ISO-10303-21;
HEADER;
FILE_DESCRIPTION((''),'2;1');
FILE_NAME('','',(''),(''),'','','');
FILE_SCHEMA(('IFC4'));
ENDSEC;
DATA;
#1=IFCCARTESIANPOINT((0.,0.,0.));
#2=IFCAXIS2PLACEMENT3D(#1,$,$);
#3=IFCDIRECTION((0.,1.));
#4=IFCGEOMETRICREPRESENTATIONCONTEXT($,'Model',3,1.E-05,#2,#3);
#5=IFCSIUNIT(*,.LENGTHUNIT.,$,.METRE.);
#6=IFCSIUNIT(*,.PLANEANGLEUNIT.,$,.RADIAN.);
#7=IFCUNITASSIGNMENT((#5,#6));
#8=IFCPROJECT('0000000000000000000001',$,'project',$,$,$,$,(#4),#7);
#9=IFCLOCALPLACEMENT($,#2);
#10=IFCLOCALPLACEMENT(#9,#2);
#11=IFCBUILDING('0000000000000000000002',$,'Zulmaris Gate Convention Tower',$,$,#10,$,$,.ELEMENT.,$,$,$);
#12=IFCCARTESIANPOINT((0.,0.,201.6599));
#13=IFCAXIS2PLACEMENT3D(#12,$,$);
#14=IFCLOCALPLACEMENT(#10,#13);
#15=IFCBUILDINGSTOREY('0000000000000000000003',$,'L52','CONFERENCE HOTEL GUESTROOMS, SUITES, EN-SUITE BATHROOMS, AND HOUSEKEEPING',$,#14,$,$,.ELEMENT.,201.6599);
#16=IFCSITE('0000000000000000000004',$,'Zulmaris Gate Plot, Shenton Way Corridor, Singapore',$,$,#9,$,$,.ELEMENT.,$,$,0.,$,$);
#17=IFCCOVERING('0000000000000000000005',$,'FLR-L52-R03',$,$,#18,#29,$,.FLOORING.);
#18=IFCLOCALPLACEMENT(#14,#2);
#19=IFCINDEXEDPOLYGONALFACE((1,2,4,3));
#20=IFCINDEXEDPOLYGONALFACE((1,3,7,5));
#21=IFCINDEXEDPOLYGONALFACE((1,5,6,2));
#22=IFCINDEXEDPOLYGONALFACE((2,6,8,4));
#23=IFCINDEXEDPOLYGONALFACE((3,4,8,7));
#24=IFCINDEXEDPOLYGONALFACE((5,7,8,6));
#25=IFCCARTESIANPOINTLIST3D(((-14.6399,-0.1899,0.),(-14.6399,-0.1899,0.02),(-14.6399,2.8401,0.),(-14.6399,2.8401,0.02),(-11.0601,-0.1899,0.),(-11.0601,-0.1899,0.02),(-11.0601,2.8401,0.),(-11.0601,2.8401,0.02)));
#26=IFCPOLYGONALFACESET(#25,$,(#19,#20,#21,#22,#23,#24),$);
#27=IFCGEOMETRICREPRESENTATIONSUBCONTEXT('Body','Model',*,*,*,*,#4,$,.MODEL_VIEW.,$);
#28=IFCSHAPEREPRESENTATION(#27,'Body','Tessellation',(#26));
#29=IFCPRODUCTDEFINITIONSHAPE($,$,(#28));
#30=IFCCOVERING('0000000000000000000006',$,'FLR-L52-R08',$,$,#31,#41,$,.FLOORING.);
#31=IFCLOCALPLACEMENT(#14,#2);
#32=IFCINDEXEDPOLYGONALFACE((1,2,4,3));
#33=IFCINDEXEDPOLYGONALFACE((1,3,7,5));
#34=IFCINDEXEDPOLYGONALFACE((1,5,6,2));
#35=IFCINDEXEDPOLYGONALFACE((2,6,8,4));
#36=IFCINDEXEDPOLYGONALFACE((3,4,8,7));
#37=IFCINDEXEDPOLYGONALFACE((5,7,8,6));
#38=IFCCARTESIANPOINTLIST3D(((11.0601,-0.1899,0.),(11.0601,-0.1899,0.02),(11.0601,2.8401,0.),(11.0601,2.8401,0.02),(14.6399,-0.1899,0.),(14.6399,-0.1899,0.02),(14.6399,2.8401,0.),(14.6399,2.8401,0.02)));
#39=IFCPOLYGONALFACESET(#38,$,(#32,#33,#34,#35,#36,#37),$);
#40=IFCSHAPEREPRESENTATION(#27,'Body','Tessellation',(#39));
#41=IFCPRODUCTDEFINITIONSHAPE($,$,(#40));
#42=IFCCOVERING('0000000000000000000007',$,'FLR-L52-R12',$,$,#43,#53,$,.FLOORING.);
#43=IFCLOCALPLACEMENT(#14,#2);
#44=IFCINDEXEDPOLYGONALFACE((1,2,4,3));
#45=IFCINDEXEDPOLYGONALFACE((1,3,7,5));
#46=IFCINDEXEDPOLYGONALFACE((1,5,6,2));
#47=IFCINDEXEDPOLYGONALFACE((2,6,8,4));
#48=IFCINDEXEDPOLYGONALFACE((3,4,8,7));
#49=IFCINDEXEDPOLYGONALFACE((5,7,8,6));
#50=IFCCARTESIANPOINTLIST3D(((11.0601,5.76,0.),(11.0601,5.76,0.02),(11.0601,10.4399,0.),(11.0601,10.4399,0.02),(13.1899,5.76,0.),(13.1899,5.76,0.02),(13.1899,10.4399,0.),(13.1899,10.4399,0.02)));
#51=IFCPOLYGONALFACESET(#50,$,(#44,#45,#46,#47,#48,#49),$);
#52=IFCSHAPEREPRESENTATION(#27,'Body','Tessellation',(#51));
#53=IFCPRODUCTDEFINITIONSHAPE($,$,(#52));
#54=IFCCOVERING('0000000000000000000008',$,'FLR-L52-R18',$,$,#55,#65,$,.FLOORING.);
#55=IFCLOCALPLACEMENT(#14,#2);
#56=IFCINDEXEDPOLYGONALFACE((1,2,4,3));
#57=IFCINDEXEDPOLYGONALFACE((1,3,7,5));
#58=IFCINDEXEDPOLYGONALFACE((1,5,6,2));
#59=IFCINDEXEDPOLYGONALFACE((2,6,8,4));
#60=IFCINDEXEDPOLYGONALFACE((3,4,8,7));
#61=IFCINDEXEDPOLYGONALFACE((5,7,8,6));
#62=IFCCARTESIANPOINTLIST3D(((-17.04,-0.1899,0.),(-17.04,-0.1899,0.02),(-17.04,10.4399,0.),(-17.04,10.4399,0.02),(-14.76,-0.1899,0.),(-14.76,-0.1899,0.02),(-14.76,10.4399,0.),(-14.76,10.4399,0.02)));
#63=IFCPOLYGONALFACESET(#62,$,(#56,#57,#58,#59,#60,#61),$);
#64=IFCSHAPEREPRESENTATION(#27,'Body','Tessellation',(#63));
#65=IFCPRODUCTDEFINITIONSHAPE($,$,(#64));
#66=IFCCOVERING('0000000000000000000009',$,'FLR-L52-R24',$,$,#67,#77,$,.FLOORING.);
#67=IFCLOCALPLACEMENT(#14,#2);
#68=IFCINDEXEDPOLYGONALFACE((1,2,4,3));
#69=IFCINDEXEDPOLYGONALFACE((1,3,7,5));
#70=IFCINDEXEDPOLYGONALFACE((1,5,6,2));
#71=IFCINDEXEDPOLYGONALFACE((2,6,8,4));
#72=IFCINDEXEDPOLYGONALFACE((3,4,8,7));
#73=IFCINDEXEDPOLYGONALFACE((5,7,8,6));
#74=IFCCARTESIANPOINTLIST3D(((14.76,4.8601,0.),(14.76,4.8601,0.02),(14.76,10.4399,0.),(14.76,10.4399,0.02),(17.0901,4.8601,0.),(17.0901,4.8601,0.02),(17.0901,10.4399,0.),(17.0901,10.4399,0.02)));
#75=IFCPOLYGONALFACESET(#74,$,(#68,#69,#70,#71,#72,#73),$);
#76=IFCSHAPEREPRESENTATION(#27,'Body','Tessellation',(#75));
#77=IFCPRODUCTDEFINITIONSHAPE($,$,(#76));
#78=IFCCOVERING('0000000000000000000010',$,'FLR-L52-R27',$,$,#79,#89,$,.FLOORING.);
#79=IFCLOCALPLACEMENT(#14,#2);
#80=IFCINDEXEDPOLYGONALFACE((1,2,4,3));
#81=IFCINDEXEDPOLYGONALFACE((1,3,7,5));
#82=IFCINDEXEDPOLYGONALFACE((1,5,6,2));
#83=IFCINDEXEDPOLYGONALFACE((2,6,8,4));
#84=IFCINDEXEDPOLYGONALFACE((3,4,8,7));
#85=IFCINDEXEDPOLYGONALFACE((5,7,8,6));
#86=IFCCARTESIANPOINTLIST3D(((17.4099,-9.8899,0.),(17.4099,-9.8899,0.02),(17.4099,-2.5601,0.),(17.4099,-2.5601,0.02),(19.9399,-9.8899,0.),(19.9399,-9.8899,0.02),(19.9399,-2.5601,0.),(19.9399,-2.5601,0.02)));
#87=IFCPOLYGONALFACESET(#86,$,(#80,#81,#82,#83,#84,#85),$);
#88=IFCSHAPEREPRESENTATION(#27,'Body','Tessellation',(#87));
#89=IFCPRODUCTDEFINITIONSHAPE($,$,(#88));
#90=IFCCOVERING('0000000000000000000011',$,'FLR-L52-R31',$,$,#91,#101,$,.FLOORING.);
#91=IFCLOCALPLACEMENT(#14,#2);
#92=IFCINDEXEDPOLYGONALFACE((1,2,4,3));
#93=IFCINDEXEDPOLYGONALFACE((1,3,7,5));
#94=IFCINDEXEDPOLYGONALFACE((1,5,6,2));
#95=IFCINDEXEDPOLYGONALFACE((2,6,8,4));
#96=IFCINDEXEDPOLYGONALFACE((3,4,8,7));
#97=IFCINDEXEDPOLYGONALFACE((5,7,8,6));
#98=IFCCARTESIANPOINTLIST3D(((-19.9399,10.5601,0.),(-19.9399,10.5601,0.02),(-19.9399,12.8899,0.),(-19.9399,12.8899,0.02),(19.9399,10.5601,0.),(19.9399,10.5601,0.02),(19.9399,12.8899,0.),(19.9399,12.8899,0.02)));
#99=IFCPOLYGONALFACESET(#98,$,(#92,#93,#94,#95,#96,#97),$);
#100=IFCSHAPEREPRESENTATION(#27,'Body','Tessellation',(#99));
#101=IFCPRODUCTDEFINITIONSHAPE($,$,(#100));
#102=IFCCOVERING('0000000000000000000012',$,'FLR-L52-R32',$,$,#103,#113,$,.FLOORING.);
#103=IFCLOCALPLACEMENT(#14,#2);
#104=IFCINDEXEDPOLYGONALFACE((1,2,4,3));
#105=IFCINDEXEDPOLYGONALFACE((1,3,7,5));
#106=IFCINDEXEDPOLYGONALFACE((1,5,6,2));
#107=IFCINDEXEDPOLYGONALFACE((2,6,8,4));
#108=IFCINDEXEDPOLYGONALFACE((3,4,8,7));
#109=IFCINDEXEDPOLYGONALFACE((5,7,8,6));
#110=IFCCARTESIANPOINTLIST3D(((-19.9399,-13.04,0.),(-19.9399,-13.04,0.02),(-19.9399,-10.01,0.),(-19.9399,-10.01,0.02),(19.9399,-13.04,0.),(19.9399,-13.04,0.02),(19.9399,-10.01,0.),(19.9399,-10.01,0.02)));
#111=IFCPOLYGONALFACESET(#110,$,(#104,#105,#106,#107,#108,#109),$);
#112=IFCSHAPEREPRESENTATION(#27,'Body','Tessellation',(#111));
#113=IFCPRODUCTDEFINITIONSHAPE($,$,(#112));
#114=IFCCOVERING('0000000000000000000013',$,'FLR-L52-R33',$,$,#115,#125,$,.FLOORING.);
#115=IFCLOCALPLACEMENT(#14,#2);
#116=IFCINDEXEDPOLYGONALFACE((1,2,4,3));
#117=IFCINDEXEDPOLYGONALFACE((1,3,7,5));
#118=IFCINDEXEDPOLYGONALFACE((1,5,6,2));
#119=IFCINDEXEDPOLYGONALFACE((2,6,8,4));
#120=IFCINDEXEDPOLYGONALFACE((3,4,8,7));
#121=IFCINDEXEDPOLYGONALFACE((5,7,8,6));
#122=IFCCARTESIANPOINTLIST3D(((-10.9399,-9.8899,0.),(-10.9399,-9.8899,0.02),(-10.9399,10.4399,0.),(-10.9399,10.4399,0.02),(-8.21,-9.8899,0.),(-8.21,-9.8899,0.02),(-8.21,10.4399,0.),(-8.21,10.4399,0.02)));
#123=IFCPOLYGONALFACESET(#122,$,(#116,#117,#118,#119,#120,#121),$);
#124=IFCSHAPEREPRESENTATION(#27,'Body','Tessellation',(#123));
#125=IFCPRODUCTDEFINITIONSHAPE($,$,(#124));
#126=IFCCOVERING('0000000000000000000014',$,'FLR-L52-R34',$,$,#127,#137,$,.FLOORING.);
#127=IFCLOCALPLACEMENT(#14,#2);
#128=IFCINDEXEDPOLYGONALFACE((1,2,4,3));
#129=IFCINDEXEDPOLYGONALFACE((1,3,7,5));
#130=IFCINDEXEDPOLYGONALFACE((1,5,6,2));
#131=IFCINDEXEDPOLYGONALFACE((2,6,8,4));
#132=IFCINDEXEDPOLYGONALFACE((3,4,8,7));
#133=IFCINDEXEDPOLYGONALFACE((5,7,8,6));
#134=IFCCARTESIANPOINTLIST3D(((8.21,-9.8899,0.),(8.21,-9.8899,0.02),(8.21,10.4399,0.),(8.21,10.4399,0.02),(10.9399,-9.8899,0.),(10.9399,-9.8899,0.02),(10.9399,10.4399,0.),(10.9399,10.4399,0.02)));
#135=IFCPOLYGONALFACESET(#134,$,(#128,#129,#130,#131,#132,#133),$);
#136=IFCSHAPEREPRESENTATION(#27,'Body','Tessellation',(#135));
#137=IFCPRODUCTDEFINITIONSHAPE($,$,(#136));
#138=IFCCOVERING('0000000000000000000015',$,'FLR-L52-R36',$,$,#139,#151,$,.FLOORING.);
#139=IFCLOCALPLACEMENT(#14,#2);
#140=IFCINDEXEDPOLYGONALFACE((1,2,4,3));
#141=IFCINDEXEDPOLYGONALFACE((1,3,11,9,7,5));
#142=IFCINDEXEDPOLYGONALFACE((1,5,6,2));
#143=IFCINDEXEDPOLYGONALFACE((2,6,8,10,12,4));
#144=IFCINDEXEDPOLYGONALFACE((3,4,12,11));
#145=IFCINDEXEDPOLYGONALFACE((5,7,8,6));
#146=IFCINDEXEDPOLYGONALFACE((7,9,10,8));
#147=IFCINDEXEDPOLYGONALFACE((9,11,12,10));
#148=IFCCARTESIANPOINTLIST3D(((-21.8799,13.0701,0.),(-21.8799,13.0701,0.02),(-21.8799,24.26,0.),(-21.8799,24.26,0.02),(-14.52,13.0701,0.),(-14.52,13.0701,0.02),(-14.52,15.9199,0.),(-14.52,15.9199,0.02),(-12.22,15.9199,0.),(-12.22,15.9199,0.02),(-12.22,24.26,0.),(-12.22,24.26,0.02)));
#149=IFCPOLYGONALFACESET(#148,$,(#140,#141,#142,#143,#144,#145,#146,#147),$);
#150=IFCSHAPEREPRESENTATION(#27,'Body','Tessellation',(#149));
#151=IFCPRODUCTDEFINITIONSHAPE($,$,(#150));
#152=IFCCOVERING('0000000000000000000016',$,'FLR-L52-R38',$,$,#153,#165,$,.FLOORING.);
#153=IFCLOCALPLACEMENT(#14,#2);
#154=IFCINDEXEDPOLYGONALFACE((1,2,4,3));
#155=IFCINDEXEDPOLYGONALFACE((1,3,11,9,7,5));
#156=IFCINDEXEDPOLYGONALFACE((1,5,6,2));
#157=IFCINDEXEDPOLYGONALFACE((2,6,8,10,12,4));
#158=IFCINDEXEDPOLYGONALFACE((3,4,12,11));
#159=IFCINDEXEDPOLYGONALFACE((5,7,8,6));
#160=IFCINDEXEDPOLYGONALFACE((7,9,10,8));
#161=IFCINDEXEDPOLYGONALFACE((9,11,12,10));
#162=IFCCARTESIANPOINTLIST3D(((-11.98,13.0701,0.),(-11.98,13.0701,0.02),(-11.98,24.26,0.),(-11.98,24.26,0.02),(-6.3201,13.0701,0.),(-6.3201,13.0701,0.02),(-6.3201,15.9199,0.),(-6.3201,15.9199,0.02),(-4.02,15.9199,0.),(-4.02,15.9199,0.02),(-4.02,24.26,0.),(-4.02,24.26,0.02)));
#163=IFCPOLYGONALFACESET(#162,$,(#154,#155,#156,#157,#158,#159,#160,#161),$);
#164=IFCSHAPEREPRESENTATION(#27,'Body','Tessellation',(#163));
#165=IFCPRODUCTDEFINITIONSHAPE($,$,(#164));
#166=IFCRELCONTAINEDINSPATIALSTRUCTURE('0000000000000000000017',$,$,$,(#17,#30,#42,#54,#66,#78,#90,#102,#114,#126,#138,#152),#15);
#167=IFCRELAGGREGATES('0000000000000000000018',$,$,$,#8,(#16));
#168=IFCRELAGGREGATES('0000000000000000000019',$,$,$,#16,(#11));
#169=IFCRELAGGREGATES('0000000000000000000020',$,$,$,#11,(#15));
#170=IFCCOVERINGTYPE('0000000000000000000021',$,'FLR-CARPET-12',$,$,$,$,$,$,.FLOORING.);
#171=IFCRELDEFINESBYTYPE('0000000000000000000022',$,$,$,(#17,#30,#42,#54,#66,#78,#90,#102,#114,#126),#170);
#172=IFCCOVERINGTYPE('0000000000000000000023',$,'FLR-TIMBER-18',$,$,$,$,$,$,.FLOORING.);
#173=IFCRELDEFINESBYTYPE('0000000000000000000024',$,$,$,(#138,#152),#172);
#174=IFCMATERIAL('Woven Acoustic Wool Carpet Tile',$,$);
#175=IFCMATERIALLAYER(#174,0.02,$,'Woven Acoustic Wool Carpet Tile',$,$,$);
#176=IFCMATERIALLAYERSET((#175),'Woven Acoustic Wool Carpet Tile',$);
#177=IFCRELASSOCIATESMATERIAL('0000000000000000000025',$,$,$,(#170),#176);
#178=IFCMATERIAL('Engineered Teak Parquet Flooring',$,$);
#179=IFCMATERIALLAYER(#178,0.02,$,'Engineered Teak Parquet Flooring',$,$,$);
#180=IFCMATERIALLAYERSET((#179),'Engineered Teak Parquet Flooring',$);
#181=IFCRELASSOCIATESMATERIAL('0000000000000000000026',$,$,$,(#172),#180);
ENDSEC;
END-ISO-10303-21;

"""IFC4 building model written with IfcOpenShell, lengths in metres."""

from ifc_helpers import new_model, si_unit, direction, frame, origin, place, context, subcontext, project, spatial, polyline, outline, extrude, material, layer, layer_set, type_object, element, save


model = new_model("IFC4")

# Units and contexts
model_context = context("Model", 3, precision=1e-05, world=origin(), true_north=direction((0.0, 1.0)))
body_context = subcontext(model_context, "Body", "Model", "MODEL_VIEW")
ifc_project = project(units=[si_unit("LENGTHUNIT", "METRE"), si_unit("PLANEANGLEUNIT", "RADIAN")], contexts=[model_context])

# Site, building, storey
site_placement = place(None, origin())
site = spatial("IfcSite", under=ifc_project, at=site_placement, Name="Zulmaris Gate Plot, Shenton Way Corridor, Singapore", CompositionType="ELEMENT", RefElevation=0.0)
building_placement = place(site_placement, origin())
building = spatial("IfcBuilding", under=site, at=building_placement, Name="Zulmaris Gate Convention Tower", CompositionType="ELEMENT")
storey_placement = place(building_placement, frame((0.0, 0.0, 201.6599)))
storey = spatial("IfcBuildingStorey", under=building, at=storey_placement, Name="L52", Description="CONFERENCE HOTEL GUESTROOMS, SUITES, EN-SUITE BATHROOMS, AND HOUSEKEEPING", CompositionType="ELEMENT", Elevation=201.6599)

# Coverings
ifc_material_1 = material(Name="Woven Acoustic Wool Carpet Tile")
ifc_layer_1 = layer(ifc_material_1, 0.02, Name="Woven Acoustic Wool Carpet Tile")
ifc_layer_set_1 = layer_set([ifc_layer_1], Name="Woven Acoustic Wool Carpet Tile")
covering_type_1 = type_object("IfcCoveringType", Name="FLR-CARPET-12", PredefinedType="FLOORING", material=ifc_layer_set_1)
covering_1_placement = place(storey_placement, origin())
element("IfcCovering", 1, at=covering_1_placement, inside=storey, type_object=covering_type_1, Name="FLR-L52-R03", PredefinedType="FLOORING", context=body_context, shape_type="SweptSolid", body=[
    extrude(outline(polyline([(-14.6399, -0.1899), (-11.0601, -0.1899), (-11.0601, 2.8401), (-14.6399, 2.8401), (-14.6399, -0.1899)])), origin(), (0.0, 0.0, 1.0), 0.02),
])
covering_2_placement = place(storey_placement, origin())
element("IfcCovering", 2, at=covering_2_placement, inside=storey, type_object=covering_type_1, Name="FLR-L52-R08", PredefinedType="FLOORING", context=body_context, shape_type="SweptSolid", body=[
    extrude(outline(polyline([(11.0601, -0.1899), (14.6399, -0.1899), (14.6399, 2.8401), (11.0601, 2.8401), (11.0601, -0.1899)])), origin(), (0.0, 0.0, 1.0), 0.02),
])
covering_3_placement = place(storey_placement, origin())
element("IfcCovering", 3, at=covering_3_placement, inside=storey, type_object=covering_type_1, Name="FLR-L52-R12", PredefinedType="FLOORING", context=body_context, shape_type="SweptSolid", body=[
    extrude(outline(polyline([(11.0601, 5.76), (13.1899, 5.76), (13.1899, 10.4399), (11.0601, 10.4399), (11.0601, 5.76)])), origin(), (0.0, 0.0, 1.0), 0.02),
])
covering_4_placement = place(storey_placement, origin())
element("IfcCovering", 4, at=covering_4_placement, inside=storey, type_object=covering_type_1, Name="FLR-L52-R18", PredefinedType="FLOORING", context=body_context, shape_type="SweptSolid", body=[
    extrude(outline(polyline([(-17.04, -0.1899), (-14.76, -0.1899), (-14.76, 10.4399), (-17.04, 10.4399), (-17.04, -0.1899)])), origin(), (0.0, 0.0, 1.0), 0.02),
])
covering_5_placement = place(storey_placement, origin())
element("IfcCovering", 5, at=covering_5_placement, inside=storey, type_object=covering_type_1, Name="FLR-L52-R24", PredefinedType="FLOORING", context=body_context, shape_type="SweptSolid", body=[
    extrude(outline(polyline([(14.76, 4.8601), (17.0901, 4.8601), (17.0901, 10.4399), (14.76, 10.4399), (14.76, 4.8601)])), origin(), (0.0, 0.0, 1.0), 0.02),
])
covering_6_placement = place(storey_placement, origin())
element("IfcCovering", 6, at=covering_6_placement, inside=storey, type_object=covering_type_1, Name="FLR-L52-R27", PredefinedType="FLOORING", context=body_context, shape_type="SweptSolid", body=[
    extrude(outline(polyline([(17.4099, -9.8899), (19.9399, -9.8899), (19.9399, -2.5601), (17.4099, -2.5601), (17.4099, -9.8899)])), origin(), (0.0, 0.0, 1.0), 0.02),
])
covering_7_placement = place(storey_placement, origin())
element("IfcCovering", 7, at=covering_7_placement, inside=storey, type_object=covering_type_1, Name="FLR-L52-R31", PredefinedType="FLOORING", context=body_context, shape_type="SweptSolid", body=[
    extrude(outline(polyline([(-19.9399, 10.5601), (19.9399, 10.5601), (19.9399, 12.8899), (-19.9399, 12.8899), (-19.9399, 10.5601)])), origin(), (0.0, 0.0, 1.0), 0.02),
])
covering_8_placement = place(storey_placement, origin())
element("IfcCovering", 8, at=covering_8_placement, inside=storey, type_object=covering_type_1, Name="FLR-L52-R32", PredefinedType="FLOORING", context=body_context, shape_type="SweptSolid", body=[
    extrude(outline(polyline([(-19.9399, -13.04), (19.9399, -13.04), (19.9399, -10.01), (-19.9399, -10.01), (-19.9399, -13.04)])), origin(), (0.0, 0.0, 1.0), 0.02),
])
covering_9_placement = place(storey_placement, origin())
element("IfcCovering", 9, at=covering_9_placement, inside=storey, type_object=covering_type_1, Name="FLR-L52-R33", PredefinedType="FLOORING", context=body_context, shape_type="SweptSolid", body=[
    extrude(outline(polyline([(-10.9399, -9.8899), (-8.21, -9.8899), (-8.21, 10.4399), (-10.9399, 10.4399), (-10.9399, -9.8899)])), origin(), (0.0, 0.0, 1.0), 0.02),
])
covering_10_placement = place(storey_placement, origin())
element("IfcCovering", 10, at=covering_10_placement, inside=storey, type_object=covering_type_1, Name="FLR-L52-R34", PredefinedType="FLOORING", context=body_context, shape_type="SweptSolid", body=[
    extrude(outline(polyline([(8.21, -9.8899), (10.9399, -9.8899), (10.9399, 10.4399), (8.21, 10.4399), (8.21, -9.8899)])), origin(), (0.0, 0.0, 1.0), 0.02),
])
ifc_material_2 = material(Name="Engineered Teak Parquet Flooring")
ifc_layer_2 = layer(ifc_material_2, 0.02, Name="Engineered Teak Parquet Flooring")
ifc_layer_set_2 = layer_set([ifc_layer_2], Name="Engineered Teak Parquet Flooring")
covering_type_2 = type_object("IfcCoveringType", Name="FLR-TIMBER-18", PredefinedType="FLOORING", material=ifc_layer_set_2)
covering_11_placement = place(storey_placement, origin())
element("IfcCovering", 11, at=covering_11_placement, inside=storey, type_object=covering_type_2, Name="FLR-L52-R36", PredefinedType="FLOORING", context=body_context, shape_type="SweptSolid", body=[
    extrude(outline(polyline([(-21.8799, 13.0701), (-14.52, 13.0701), (-14.52, 15.9199), (-12.22, 15.9199), (-12.22, 24.26), (-21.8799, 24.26), (-21.8799, 13.0701)])), origin(), (0.0, 0.0, 1.0), 0.02),
])
covering_12_placement = place(storey_placement, origin())
element("IfcCovering", 12, at=covering_12_placement, inside=storey, type_object=covering_type_2, Name="FLR-L52-R38", PredefinedType="FLOORING", context=body_context, shape_type="SweptSolid", body=[
    extrude(outline(polyline([(-11.98, 13.0701), (-6.3201, 13.0701), (-6.3201, 15.9199), (-4.02, 15.9199), (-4.02, 24.26), (-11.98, 24.26), (-11.98, 13.0701)])), origin(), (0.0, 0.0, 1.0), 0.02),
])

save(model, "model.ifc")
